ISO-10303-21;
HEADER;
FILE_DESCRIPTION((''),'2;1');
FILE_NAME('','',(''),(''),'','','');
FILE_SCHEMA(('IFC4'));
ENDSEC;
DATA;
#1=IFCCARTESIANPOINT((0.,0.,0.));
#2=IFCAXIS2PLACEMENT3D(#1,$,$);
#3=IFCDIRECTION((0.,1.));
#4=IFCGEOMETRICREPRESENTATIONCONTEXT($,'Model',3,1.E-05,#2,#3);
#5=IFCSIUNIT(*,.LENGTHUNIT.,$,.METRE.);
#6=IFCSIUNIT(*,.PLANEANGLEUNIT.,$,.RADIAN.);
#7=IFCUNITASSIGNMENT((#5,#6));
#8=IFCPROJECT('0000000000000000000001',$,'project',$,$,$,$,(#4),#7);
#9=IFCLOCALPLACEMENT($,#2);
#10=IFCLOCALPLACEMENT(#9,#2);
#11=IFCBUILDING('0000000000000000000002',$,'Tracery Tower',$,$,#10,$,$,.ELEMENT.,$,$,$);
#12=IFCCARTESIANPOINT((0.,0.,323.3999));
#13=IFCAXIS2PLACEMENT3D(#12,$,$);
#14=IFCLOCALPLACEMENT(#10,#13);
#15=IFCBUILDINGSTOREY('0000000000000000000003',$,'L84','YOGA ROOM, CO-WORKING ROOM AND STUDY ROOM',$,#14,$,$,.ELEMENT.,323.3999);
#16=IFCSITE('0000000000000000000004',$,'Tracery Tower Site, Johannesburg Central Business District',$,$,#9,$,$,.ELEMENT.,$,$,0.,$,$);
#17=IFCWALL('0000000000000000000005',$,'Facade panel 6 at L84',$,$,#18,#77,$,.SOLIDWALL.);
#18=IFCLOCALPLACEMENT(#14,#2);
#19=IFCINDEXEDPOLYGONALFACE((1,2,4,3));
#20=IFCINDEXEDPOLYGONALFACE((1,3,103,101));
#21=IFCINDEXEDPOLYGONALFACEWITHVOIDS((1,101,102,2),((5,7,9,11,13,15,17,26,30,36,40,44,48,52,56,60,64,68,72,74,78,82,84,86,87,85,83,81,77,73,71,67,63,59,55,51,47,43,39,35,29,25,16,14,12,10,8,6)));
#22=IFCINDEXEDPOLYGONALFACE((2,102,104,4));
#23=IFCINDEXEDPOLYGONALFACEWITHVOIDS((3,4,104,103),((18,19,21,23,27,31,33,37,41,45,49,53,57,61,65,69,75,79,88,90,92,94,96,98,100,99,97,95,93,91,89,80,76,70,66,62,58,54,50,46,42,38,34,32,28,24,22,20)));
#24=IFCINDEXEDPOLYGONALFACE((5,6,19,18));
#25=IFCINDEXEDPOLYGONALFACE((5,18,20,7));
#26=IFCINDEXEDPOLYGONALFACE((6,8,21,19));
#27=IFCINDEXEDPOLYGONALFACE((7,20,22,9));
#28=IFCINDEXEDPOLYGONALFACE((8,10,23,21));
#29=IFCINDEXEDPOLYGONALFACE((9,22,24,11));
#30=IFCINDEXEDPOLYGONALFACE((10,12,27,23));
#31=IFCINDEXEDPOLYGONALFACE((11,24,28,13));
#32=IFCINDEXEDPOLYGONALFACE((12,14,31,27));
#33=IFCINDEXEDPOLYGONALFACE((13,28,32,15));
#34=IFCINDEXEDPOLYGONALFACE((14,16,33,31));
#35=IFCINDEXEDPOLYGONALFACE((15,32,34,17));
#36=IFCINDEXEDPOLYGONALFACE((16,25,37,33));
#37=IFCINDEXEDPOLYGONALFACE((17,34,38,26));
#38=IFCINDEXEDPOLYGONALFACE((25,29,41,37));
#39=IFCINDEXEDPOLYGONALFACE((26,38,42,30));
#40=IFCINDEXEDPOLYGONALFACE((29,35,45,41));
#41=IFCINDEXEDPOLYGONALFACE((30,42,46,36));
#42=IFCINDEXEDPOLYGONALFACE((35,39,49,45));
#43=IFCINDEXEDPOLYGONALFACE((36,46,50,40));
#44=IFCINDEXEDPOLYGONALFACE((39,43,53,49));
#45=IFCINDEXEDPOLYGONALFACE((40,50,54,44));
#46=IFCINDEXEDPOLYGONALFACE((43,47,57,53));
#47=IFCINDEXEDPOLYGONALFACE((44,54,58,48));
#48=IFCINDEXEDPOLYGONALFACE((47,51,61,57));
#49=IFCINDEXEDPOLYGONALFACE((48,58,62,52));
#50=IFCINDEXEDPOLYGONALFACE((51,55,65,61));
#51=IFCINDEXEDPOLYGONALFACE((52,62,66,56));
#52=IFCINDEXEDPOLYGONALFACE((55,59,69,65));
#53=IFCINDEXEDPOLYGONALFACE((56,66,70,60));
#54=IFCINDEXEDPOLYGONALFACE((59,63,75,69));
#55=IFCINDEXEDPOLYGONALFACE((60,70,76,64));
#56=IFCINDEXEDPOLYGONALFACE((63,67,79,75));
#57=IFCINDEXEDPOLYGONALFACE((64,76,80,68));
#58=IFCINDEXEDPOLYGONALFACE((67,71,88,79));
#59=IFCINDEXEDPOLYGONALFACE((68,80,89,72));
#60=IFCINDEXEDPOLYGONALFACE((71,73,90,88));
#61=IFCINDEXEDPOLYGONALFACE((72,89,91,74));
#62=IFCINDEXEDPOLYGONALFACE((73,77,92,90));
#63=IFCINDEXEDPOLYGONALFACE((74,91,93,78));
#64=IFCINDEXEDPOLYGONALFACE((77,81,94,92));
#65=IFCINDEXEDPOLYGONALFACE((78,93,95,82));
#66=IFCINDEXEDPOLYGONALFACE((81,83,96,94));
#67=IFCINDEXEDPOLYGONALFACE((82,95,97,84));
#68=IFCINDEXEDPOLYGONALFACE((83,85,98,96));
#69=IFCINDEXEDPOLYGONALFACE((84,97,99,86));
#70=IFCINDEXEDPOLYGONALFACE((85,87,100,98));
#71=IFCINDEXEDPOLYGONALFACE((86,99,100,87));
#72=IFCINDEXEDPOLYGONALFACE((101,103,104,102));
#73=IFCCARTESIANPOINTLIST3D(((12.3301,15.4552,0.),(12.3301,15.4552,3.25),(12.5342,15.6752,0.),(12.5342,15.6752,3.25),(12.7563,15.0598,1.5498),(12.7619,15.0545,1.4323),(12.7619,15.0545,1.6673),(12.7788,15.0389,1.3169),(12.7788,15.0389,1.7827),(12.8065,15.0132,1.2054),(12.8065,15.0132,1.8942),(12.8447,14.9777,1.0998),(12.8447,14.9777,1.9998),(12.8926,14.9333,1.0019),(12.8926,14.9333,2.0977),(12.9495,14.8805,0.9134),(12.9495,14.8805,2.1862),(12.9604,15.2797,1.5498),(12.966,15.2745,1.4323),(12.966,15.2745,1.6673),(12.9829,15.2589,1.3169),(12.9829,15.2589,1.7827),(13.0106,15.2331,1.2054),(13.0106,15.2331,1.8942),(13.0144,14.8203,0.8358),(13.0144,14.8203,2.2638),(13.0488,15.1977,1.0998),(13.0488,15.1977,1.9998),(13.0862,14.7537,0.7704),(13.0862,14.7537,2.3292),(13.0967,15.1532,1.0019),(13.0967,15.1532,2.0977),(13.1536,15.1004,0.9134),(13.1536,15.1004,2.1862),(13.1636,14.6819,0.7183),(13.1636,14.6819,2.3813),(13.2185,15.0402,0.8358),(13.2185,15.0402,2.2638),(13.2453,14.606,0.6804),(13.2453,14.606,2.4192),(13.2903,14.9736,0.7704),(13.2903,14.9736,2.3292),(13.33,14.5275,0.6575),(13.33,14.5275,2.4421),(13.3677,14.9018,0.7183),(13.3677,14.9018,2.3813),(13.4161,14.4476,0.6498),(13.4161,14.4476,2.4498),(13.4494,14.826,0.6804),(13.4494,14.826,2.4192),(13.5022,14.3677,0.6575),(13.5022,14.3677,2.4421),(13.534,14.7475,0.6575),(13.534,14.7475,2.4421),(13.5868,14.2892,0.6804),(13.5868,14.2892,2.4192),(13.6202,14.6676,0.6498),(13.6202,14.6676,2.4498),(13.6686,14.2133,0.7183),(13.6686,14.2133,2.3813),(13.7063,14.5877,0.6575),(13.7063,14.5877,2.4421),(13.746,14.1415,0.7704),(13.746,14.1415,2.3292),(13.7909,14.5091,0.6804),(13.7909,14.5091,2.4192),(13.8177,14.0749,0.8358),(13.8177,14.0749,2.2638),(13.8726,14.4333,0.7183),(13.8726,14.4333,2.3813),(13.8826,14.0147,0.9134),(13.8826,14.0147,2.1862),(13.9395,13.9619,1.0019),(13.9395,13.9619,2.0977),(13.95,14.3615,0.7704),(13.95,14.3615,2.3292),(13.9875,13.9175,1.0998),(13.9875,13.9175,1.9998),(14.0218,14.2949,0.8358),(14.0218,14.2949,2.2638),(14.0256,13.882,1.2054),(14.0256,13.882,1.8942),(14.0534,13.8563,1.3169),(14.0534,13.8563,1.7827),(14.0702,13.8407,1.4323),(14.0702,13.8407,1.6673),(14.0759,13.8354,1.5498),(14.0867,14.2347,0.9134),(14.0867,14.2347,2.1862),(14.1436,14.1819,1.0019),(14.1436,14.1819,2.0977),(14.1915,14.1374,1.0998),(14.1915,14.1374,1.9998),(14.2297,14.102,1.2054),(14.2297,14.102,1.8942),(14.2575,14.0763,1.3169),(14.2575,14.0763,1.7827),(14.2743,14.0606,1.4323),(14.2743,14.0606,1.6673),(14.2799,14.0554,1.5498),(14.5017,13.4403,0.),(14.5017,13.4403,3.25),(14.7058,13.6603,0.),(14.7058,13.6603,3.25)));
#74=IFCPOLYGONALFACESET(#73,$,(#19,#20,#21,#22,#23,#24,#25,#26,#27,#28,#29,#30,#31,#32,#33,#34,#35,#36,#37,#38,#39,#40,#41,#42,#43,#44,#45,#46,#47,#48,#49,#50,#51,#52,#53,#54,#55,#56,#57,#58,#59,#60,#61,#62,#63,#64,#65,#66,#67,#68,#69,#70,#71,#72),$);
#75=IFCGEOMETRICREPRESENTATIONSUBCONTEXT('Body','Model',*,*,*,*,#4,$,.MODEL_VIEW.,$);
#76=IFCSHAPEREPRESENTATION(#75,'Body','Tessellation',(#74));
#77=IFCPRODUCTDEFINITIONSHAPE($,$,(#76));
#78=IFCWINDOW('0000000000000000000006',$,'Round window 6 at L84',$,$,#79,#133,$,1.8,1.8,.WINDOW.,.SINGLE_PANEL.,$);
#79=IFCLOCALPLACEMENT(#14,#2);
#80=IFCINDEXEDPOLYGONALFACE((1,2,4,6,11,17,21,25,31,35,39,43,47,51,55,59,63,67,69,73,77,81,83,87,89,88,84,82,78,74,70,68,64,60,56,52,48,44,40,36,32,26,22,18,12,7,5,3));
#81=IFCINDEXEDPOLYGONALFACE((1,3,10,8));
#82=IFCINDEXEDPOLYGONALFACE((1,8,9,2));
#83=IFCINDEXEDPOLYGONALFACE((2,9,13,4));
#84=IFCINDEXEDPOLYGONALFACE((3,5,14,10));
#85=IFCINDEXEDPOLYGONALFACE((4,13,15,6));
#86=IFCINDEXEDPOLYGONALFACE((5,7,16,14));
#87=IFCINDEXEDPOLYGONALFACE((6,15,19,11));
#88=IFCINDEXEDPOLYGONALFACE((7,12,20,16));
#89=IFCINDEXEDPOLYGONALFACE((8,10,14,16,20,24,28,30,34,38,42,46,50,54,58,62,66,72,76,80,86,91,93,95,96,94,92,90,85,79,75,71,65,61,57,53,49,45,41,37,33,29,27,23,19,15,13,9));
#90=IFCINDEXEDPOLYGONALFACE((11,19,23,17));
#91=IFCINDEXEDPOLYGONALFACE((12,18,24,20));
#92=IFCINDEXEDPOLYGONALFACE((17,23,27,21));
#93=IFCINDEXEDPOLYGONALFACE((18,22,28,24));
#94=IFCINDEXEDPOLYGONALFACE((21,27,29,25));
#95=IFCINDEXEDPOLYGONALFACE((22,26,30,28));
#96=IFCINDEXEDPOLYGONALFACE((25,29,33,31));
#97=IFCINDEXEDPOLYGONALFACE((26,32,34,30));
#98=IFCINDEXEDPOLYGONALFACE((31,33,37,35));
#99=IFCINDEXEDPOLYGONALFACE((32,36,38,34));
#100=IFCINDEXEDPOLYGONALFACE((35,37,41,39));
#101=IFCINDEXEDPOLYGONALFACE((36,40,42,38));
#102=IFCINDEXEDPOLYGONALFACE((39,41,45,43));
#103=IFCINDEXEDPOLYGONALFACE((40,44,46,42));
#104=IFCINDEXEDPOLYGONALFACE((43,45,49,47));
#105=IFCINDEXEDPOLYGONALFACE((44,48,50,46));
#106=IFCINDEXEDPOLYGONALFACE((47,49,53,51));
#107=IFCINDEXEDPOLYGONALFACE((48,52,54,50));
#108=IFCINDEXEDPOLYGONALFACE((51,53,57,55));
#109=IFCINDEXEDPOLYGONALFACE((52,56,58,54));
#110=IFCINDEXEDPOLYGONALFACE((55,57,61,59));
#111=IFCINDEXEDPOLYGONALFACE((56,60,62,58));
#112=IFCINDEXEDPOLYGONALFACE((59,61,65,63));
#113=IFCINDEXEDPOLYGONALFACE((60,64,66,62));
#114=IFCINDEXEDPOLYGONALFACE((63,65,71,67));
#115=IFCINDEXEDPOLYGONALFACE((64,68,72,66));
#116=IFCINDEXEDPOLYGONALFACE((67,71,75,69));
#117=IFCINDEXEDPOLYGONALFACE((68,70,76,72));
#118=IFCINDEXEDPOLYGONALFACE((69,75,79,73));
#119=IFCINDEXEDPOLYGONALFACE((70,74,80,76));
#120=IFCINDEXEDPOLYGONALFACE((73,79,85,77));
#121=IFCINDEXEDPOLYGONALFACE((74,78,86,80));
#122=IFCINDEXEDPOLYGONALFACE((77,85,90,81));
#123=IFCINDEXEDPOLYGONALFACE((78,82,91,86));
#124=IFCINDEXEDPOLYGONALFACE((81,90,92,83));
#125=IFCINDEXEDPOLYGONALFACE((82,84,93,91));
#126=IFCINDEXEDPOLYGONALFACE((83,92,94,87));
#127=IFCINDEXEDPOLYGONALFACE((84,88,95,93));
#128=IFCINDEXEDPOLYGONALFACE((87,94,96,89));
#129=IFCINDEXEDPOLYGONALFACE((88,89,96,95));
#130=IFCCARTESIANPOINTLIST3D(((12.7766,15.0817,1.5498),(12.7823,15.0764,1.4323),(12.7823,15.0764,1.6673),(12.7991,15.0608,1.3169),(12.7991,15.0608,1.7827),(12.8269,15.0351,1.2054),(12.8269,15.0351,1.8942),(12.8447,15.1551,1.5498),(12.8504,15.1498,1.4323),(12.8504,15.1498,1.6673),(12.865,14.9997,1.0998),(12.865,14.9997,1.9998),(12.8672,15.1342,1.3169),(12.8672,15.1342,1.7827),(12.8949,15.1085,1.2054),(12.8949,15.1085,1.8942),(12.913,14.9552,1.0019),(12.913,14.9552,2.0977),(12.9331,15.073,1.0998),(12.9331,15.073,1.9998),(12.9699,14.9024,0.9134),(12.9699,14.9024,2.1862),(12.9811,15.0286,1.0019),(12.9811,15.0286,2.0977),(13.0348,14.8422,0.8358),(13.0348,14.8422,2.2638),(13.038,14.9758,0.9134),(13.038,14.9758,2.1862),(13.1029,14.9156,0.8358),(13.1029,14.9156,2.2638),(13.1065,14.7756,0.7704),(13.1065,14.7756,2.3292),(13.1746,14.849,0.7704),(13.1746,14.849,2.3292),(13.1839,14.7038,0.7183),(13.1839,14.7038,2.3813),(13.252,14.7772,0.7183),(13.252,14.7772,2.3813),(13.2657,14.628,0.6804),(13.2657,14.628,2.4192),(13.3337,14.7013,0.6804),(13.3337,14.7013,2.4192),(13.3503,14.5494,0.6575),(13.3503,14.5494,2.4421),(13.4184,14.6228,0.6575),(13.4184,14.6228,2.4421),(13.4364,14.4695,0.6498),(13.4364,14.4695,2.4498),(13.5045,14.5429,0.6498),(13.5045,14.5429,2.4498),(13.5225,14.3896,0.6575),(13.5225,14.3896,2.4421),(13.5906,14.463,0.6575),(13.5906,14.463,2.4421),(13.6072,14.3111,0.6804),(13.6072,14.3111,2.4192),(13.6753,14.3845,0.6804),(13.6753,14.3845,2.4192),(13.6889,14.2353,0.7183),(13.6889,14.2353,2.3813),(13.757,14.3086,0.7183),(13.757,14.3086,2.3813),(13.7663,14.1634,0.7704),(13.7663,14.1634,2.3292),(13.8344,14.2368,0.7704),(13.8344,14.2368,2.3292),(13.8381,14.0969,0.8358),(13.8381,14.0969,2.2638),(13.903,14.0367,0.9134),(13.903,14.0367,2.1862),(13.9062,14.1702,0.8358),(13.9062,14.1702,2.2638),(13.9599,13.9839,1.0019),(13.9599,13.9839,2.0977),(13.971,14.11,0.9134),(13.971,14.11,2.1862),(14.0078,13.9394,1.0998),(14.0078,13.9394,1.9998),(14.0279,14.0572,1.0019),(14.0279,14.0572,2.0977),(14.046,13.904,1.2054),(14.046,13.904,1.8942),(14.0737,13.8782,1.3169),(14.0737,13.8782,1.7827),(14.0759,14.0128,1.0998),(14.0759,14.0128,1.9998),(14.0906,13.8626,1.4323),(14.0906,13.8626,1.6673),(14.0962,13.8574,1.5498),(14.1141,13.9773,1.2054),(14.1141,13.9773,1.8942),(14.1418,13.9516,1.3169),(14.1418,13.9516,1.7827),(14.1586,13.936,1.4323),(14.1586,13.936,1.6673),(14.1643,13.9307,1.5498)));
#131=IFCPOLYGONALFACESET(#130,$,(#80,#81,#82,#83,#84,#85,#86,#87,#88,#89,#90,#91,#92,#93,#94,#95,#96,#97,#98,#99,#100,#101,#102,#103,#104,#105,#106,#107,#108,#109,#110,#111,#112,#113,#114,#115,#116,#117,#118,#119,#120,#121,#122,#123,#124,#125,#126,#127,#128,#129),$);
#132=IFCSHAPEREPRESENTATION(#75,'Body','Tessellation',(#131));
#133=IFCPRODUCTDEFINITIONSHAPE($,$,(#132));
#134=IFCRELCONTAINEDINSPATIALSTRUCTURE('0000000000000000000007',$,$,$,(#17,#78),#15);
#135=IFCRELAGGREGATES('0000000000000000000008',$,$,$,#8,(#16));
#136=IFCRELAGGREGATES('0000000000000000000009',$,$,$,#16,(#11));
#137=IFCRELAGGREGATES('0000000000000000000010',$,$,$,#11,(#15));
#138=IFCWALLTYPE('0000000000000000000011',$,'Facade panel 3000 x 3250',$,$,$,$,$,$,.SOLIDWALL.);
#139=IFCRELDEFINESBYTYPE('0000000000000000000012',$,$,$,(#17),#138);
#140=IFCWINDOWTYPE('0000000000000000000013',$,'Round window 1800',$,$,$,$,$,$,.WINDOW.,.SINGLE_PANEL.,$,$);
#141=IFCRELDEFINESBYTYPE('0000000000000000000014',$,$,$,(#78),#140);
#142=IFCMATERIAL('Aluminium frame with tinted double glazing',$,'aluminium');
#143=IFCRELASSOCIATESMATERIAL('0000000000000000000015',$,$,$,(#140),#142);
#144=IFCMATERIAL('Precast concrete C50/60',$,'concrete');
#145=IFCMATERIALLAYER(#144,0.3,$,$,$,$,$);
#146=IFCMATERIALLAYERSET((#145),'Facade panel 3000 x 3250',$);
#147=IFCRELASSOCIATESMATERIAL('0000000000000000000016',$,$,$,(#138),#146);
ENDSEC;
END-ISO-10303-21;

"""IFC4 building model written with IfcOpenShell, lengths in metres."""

from ifc_helpers import new_model, si_unit, direction, frame, frame_2d, origin, origin_2d, place, context, subcontext, project, spatial, rectangle, circle, extrude, material, layer, layer_set, type_object, element, fill, save


model = new_model("IFC4")

# Units and contexts
model_context = context("Model", 3, precision=1e-05, world=origin(), true_north=direction((0.0, 1.0)))
body_context = subcontext(model_context, "Body", "Model", "MODEL_VIEW")
ifc_project = project(units=[si_unit("LENGTHUNIT", "METRE"), si_unit("PLANEANGLEUNIT", "RADIAN")], contexts=[model_context])

# Site, building, storey
site_placement = place(None, origin())
site = spatial("IfcSite", under=ifc_project, at=site_placement, Name="Tracery Tower Site, Johannesburg Central Business District", CompositionType="ELEMENT", RefElevation=0.0)
building_placement = place(site_placement, origin())
building = spatial("IfcBuilding", under=site, at=building_placement, Name="Tracery Tower", CompositionType="ELEMENT")
storey_placement = place(building_placement, frame((0.0, 0.0, 323.3999)))
storey = spatial("IfcBuildingStorey", under=building, at=storey_placement, Name="L84", Description="YOGA ROOM, CO-WORKING ROOM AND STUDY ROOM", CompositionType="ELEMENT", Elevation=323.3999)

# Wall, opening, window
ifc_material_1 = material(Name="Aluminium frame with tinted double glazing", Category="aluminium")
window_type = type_object("IfcWindowType", Name="Round window 1800", PartitioningType="SINGLE_PANEL", PredefinedType="WINDOW", material=ifc_material_1)
ifc_material_2 = material(Name="Precast concrete C50/60", Category="concrete")
ifc_layer_1 = layer(ifc_material_2, 0.3)
ifc_layer_set_1 = layer_set([ifc_layer_1], Name="Facade panel 3000 x 3250")
wall_type_1 = type_object("IfcWallType", Name="Facade panel 3000 x 3250", PredefinedType="SOLIDWALL", material=ifc_layer_set_1)
wall_1_placement = place(storey_placement, frame((14.6038, 13.5503, 0.0), z_axis=(0.0, 0.0, 1.0), x_axis=(-0.733066, 0.680157, 0.0)))
wall_1 = element("IfcWall", 1, at=wall_1_placement, inside=storey, type_object=wall_type_1, Name="Facade panel 6 at L84", PredefinedType="SOLIDWALL", context=body_context, shape_type="SweptSolid", body=[
    extrude(rectangle(XDim=2.9624, YDim=0.3, at=frame_2d((1.4812, 0.0))), origin(), (0.0, 0.0, 1.0), 3.25),
])
opening_1_placement = place(wall_1_placement, frame((1.481, 0.0, 1.5498)))
opening_1 = element("IfcOpeningElement", 2, at=opening_1_placement, cuts=wall_1, PredefinedType="OPENING", context=body_context, shape_type="SweptSolid", body=[
    extrude(circle(Radius=0.9, at=origin_2d()), frame((0.0, 0.1599, 0.0), z_axis=(0.0, -1.0, 0.0), x_axis=(1.0, 0.0, 0.0)), (0.0, 0.0, 1.0), 0.3201),
])
window_1_placement = place(opening_1_placement, origin())
window_1 = element("IfcWindow", 3, at=window_1_placement, inside=storey, type_object=window_type, Name="Round window 6 at L84", OverallHeight=1.8, OverallWidth=1.8, PartitioningType="SINGLE_PANEL", PredefinedType="WINDOW", context=body_context, shape_type="SweptSolid", body=[
    extrude(circle(Radius=0.9, at=origin_2d()), frame((0.0, 0.1201, 0.0), z_axis=(0.0, -1.0, 0.0), x_axis=(1.0, 0.0, 0.0)), (0.0, 0.0, 1.0), 0.1001),
])
fill(opening_1, window_1)

save(model, "model.ifc")
